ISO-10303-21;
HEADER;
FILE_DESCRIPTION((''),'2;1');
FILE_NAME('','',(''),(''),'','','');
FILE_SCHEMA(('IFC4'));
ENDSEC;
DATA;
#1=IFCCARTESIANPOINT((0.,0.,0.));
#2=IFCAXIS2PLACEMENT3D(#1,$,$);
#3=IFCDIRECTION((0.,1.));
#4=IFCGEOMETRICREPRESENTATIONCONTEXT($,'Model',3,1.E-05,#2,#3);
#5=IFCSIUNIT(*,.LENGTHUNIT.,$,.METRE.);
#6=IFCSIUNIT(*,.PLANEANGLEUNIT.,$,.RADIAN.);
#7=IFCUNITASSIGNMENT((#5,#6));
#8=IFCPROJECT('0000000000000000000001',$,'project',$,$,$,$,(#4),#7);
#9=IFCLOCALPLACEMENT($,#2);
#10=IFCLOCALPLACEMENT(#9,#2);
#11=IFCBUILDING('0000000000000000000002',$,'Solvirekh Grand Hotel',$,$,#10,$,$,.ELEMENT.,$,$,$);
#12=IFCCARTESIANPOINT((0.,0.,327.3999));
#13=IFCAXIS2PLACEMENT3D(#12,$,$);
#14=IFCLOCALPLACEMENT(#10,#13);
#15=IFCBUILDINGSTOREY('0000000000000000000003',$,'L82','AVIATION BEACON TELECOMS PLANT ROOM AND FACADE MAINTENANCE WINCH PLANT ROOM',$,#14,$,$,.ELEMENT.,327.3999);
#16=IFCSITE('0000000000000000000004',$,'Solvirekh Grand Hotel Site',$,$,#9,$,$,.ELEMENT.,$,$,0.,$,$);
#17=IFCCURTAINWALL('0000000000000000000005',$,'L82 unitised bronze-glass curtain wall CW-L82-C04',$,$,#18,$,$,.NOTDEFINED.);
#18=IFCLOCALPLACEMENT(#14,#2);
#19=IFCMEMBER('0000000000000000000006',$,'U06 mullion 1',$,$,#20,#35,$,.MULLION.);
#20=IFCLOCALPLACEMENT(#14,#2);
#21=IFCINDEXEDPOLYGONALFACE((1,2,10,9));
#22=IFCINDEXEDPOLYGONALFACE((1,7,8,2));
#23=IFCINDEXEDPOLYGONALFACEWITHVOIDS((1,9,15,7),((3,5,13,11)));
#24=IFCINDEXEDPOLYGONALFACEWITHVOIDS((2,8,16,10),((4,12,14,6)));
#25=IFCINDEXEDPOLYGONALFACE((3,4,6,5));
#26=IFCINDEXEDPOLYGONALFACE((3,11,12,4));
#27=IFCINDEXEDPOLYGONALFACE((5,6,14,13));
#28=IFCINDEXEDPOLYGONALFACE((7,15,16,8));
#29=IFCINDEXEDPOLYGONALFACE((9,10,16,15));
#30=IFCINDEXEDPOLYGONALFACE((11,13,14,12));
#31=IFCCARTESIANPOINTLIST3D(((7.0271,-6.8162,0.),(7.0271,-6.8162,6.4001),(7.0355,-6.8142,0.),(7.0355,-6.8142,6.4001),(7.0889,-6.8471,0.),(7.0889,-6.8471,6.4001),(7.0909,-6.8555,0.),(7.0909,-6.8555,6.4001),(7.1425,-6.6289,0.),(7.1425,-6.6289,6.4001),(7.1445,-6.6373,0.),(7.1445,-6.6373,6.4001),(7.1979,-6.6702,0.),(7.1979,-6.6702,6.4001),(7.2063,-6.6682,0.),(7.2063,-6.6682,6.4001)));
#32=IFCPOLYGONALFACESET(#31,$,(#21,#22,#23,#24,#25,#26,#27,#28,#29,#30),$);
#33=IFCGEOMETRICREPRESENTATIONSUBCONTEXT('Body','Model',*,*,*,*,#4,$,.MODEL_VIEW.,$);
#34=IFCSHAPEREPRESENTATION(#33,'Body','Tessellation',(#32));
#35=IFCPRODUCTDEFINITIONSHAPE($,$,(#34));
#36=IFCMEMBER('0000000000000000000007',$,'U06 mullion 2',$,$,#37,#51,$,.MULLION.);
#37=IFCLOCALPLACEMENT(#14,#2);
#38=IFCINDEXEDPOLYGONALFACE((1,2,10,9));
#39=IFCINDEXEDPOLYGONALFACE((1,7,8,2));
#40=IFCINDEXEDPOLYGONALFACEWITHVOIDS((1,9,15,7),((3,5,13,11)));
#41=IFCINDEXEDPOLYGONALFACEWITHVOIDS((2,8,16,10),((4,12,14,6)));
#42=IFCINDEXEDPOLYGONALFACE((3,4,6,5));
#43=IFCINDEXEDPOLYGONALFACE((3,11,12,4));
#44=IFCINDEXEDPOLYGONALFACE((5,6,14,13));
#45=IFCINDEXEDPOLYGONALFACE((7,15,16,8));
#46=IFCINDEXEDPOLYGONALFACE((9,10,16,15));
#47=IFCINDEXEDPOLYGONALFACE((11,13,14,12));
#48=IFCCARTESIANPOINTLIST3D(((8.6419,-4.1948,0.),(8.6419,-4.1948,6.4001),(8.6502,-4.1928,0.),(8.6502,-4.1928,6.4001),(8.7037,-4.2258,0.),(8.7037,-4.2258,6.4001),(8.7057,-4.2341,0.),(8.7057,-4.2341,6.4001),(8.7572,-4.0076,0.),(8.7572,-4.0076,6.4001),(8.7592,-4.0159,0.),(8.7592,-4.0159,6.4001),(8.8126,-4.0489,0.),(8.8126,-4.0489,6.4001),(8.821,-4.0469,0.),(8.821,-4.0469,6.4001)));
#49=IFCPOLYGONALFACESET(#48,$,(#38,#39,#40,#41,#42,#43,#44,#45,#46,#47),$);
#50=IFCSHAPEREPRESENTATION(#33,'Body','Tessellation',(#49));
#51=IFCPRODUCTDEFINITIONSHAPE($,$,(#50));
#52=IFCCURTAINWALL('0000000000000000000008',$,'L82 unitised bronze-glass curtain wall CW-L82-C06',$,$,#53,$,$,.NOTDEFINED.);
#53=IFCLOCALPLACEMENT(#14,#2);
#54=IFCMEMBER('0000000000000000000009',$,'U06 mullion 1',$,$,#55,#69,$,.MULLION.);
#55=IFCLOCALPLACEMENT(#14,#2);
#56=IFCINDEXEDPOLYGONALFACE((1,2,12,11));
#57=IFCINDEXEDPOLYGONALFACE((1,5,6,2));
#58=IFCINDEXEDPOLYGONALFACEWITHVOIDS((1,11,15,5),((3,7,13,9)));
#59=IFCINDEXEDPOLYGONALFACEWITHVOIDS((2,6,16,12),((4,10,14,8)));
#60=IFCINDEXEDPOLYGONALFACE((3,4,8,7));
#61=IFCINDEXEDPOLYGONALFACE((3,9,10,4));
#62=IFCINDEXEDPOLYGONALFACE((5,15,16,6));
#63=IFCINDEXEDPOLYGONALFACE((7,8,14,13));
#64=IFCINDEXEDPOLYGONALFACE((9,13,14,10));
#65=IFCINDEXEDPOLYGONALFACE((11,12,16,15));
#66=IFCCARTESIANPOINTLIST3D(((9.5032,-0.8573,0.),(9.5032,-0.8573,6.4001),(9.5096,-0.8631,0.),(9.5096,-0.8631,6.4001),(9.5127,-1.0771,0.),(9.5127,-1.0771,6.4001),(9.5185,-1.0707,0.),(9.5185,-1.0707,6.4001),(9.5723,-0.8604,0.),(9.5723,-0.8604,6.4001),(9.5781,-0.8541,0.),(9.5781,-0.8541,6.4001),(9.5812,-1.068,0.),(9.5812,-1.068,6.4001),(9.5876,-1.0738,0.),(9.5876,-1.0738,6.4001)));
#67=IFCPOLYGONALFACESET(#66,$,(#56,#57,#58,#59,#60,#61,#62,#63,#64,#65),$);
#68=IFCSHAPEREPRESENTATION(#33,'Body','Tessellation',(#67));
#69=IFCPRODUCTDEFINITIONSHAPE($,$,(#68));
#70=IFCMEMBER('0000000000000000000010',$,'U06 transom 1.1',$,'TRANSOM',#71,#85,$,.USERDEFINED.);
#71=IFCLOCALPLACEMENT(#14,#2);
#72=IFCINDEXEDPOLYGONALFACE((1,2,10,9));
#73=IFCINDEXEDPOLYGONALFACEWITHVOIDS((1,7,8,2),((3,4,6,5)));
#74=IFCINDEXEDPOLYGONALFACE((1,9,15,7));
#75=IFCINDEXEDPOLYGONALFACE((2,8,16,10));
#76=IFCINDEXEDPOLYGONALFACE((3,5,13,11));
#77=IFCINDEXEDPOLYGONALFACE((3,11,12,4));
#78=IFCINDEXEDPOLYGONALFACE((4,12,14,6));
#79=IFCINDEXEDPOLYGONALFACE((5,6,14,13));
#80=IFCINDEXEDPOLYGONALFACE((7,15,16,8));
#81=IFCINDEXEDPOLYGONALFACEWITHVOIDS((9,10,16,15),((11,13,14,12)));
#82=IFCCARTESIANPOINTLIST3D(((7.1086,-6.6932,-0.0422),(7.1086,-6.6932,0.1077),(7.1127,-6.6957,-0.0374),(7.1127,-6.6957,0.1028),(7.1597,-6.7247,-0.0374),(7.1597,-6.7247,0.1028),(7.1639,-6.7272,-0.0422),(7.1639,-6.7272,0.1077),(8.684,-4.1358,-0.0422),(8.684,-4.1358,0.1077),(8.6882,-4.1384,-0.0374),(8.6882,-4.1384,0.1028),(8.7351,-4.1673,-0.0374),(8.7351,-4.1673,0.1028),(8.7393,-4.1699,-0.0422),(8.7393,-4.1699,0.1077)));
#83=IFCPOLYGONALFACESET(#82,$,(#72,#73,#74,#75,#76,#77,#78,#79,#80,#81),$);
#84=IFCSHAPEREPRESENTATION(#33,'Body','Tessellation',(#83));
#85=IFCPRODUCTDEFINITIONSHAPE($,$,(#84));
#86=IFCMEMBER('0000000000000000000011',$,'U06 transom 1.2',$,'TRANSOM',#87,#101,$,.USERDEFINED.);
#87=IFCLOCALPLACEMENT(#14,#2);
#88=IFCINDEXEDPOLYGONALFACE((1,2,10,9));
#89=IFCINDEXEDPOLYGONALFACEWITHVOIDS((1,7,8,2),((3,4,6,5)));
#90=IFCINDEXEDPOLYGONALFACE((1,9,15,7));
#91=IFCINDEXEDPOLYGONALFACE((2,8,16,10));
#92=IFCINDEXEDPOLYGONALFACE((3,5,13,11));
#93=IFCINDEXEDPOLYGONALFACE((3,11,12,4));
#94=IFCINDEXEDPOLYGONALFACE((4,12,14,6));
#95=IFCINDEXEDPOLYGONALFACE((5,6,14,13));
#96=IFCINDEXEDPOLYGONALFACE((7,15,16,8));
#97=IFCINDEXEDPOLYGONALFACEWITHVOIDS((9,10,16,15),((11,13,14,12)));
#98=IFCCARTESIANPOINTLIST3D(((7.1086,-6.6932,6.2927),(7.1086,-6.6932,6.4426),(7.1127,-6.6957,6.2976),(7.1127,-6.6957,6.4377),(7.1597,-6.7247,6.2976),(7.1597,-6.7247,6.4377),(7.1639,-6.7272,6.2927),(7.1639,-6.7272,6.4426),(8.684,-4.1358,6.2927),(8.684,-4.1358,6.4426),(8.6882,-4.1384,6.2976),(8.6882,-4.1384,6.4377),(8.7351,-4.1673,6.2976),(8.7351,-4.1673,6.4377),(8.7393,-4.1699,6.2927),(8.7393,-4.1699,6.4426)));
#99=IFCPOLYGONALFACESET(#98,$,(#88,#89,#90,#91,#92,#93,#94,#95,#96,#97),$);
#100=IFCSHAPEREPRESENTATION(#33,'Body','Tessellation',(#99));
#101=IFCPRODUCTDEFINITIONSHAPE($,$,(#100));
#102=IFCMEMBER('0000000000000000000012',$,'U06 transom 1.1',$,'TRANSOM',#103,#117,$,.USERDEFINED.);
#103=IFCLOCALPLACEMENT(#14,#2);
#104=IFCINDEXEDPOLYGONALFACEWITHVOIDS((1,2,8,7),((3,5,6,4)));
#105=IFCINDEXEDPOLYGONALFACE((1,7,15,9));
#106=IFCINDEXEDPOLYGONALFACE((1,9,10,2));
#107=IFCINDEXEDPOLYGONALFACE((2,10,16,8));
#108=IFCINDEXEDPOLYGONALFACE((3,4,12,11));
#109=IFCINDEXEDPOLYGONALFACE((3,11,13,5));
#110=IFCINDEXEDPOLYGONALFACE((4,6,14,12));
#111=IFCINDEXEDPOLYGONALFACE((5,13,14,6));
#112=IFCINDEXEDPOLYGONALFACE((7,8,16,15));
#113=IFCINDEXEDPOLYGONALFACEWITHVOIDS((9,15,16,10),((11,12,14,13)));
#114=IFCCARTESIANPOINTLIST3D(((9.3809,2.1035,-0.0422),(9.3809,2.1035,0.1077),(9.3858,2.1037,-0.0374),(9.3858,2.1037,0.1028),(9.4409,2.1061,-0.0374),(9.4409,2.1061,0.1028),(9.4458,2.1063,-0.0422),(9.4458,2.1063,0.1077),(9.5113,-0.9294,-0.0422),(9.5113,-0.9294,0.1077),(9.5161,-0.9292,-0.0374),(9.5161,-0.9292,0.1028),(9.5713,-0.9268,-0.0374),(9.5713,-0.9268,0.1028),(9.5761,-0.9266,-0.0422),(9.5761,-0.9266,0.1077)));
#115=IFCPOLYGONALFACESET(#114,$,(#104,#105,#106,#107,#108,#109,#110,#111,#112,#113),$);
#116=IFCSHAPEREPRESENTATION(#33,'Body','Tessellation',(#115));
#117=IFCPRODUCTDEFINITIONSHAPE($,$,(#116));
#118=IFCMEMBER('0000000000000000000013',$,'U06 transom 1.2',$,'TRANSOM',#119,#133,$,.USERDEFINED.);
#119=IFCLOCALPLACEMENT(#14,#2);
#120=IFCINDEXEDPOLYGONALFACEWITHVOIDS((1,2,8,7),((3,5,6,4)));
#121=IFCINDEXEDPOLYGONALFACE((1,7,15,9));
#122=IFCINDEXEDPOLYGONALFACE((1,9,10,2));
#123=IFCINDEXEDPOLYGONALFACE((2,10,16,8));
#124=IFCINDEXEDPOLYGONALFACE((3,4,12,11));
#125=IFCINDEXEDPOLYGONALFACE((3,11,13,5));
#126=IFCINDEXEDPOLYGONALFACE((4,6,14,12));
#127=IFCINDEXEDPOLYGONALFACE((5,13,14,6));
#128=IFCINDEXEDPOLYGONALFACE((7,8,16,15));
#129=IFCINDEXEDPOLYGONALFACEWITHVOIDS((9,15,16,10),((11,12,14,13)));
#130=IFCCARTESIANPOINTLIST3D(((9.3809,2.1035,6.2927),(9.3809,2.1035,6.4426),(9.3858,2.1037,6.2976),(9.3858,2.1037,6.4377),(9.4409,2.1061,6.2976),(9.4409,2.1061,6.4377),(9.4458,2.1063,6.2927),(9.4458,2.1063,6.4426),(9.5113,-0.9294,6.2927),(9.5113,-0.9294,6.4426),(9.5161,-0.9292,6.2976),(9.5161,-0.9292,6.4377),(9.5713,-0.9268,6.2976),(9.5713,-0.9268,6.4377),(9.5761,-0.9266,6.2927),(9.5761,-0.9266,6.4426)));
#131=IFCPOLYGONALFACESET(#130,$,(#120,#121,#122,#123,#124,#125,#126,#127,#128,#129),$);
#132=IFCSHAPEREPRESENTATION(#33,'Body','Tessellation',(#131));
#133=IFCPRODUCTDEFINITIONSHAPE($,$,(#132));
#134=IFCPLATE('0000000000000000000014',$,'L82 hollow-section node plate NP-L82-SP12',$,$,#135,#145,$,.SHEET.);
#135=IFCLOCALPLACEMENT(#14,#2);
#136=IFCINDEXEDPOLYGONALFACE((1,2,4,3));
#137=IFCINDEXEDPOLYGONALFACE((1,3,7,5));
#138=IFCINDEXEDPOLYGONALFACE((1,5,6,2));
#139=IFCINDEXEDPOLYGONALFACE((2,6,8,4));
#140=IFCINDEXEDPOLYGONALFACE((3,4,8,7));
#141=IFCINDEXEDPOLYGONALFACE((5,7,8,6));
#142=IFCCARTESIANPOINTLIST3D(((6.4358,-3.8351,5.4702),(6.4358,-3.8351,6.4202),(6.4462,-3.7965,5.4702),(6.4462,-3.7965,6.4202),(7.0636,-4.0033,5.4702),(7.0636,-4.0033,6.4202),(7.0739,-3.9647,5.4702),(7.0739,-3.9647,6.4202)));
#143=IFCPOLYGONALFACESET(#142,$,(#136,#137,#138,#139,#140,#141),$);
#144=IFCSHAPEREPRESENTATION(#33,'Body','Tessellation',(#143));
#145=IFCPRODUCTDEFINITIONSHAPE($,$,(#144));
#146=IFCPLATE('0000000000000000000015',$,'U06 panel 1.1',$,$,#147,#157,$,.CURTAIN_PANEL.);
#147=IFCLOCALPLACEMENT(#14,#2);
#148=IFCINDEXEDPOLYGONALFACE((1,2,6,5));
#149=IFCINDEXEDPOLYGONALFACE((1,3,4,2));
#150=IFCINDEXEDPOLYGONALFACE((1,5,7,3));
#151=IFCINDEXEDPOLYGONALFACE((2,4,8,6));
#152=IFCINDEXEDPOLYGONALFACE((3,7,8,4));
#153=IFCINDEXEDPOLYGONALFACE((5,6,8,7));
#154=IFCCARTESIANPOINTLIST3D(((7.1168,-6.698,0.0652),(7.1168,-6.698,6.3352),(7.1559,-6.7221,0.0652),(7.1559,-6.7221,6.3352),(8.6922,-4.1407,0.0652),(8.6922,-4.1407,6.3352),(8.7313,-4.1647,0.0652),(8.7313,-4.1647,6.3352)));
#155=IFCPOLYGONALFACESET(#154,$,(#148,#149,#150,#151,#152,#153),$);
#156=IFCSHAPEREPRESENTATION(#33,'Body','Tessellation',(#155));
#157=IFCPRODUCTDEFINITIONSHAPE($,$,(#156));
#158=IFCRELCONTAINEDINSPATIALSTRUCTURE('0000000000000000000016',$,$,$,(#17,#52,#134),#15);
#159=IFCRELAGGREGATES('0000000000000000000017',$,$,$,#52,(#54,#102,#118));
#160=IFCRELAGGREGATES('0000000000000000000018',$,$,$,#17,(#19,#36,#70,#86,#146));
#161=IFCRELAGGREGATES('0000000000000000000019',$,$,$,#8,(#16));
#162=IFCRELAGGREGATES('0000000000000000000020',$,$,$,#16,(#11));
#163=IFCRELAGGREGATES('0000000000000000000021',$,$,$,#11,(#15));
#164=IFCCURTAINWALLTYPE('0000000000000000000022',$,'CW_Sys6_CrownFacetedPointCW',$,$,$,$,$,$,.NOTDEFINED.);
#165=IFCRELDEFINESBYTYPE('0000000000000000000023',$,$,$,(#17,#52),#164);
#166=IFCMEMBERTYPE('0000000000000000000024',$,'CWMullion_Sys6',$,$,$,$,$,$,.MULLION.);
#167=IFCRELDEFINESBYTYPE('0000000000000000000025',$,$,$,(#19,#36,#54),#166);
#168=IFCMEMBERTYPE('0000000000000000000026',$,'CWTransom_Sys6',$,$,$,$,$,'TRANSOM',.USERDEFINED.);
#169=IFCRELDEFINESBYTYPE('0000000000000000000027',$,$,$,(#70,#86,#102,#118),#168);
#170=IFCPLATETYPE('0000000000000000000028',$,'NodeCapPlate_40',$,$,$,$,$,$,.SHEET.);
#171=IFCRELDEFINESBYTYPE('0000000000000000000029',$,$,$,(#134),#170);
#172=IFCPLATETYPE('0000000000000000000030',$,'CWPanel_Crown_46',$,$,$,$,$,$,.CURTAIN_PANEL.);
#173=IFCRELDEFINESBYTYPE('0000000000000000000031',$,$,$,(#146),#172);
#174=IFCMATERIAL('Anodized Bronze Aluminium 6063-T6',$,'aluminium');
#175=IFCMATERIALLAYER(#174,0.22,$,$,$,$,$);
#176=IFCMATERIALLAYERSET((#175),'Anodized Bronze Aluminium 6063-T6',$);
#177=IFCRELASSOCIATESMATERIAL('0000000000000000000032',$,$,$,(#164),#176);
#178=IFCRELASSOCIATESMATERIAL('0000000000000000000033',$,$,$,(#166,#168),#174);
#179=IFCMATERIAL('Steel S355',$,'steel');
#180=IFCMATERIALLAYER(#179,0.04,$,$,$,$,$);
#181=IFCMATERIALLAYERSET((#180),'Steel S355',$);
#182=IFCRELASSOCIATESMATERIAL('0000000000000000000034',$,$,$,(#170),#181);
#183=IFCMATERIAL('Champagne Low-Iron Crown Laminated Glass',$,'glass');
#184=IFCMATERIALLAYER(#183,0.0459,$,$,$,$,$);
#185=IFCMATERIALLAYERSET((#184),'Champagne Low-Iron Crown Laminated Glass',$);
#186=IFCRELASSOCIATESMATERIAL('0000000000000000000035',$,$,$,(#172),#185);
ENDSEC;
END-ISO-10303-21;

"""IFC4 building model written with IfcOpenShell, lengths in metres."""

from ifc_helpers import new_model, si_unit, direction, frame, origin, origin_2d, place, context, subcontext, project, spatial, rectangle, hollow_rectangle, extrude, source, transform, mapped, material, layer, layer_set, material_profile, profile_set, type_object, element, aggregate, save


model = new_model("IFC4")

# Units and contexts
model_context = context("Model", 3, precision=1e-05, world=origin(), true_north=direction((0.0, 1.0)))
body_context = subcontext(model_context, "Body", "Model", "MODEL_VIEW")
ifc_project = project(units=[si_unit("LENGTHUNIT", "METRE"), si_unit("PLANEANGLEUNIT", "RADIAN")], contexts=[model_context])

# Site, building, storey
site_placement = place(None, origin())
site = spatial("IfcSite", under=ifc_project, at=site_placement, Name="Solvirekh Grand Hotel Site", CompositionType="ELEMENT", RefElevation=0.0)
building_placement = place(site_placement, origin())
building = spatial("IfcBuilding", under=site, at=building_placement, Name="Solvirekh Grand Hotel", CompositionType="ELEMENT")
storey_placement = place(building_placement, frame((0.0, 0.0, 327.3999)))
storey = spatial("IfcBuildingStorey", under=building, at=storey_placement, Name="L82", Description="AVIATION BEACON TELECOMS PLANT ROOM AND FACADE MAINTENANCE WINCH PLANT ROOM", CompositionType="ELEMENT", Elevation=327.3999)

# Shared definitions
ifc_material_1 = material(Name="Steel S355", Category="steel")

# Shared definitions
ifc_material_2 = material(Name="Anodized Bronze Aluminium 6063-T6", Category="aluminium")
ifc_layer_1 = layer(ifc_material_2, 0.22)
ifc_layer_set_1 = layer_set([ifc_layer_1], Name="Anodized Bronze Aluminium 6063-T6")
curtain_wall_type = type_object("IfcCurtainWallType", Name="CW_Sys6_CrownFacetedPointCW", PredefinedType="NOTDEFINED", material=ifc_layer_set_1)
ifc_material_profile_1 = material_profile(ifc_material_2, hollow_rectangle(XDim=0.075, YDim=0.22, WallThickness=0.0061, at=origin_2d()), Name="ALU RHS 220X75X6")
ifc_profile_set_1 = profile_set([ifc_material_profile_1], Name="Anodized Bronze Aluminium 6063-T6")
member_type_1 = type_object("IfcMemberType", Name="CWMullion_Sys6", PredefinedType="MULLION", material=ifc_profile_set_1)
shared_shape_1 = source(origin(), body_context, "Body", "SweptSolid", [
    extrude(hollow_rectangle(XDim=0.075, YDim=0.22, WallThickness=0.0061, at=origin_2d()), origin(), (0.0, 0.0, 1.0), 6.4001),
])

# Curtain wall, members
curtain_wall_1_placement = place(storey_placement, origin())
curtain_wall_1 = element("IfcCurtainWall", 1, at=curtain_wall_1_placement, inside=storey, type_object=curtain_wall_type, Name="L82 unitised bronze-glass curtain wall CW-L82-C04", PredefinedType="NOTDEFINED")
member_1_placement = place(storey_placement, frame((7.1167, -6.7422, 0.0), z_axis=(0.0, 0.0, 1.0), x_axis=(-0.851419, 0.524487, 0.0)))
member_1 = element("IfcMember", 2, at=member_1_placement, type_object=member_type_1, Name="U06 mullion 1", PredefinedType="MULLION", context=body_context, shape_type="MappedRepresentation", body=[
    mapped(shared_shape_1, transform((0.0, 0.0, 0.0), x_axis=(1.0, 0.0, 0.0), y_axis=(0.0, 1.0, 0.0), z_axis=(0.0, 0.0, 1.0), scale=1.0)),
])
member_2_placement = place(storey_placement, frame((8.7314, -4.1208, 0.0), z_axis=(0.0, 0.0, 1.0), x_axis=(-0.851419, 0.524487, 0.0)))
member_2 = element("IfcMember", 3, at=member_2_placement, type_object=member_type_1, Name="U06 mullion 2", PredefinedType="MULLION", context=body_context, shape_type="MappedRepresentation", body=[
    mapped(shared_shape_1, transform((0.0, 0.0, 0.0), x_axis=(1.0, 0.0, 0.0), y_axis=(0.0, 1.0, 0.0), z_axis=(0.0, 0.0, 1.0), scale=1.0)),
])

# Curtain wall, member
curtain_wall_2_placement = place(storey_placement, origin())
curtain_wall_2 = element("IfcCurtainWall", 4, at=curtain_wall_2_placement, inside=storey, type_object=curtain_wall_type, Name="L82 unitised bronze-glass curtain wall CW-L82-C06", PredefinedType="NOTDEFINED")
member_3_placement = place(storey_placement, frame((9.5454, -0.9656, 0.0), z_axis=(0.0, 0.0, 1.0), x_axis=(-0.999075, -0.043001, 0.0)))
member_3 = element("IfcMember", 5, at=member_3_placement, type_object=member_type_1, Name="U06 mullion 1", PredefinedType="MULLION", context=body_context, shape_type="MappedRepresentation", body=[
    mapped(shared_shape_1, transform((0.0, 0.0, 0.0), x_axis=(1.0, 0.0, 0.0), y_axis=(0.0, 1.0, 0.0), z_axis=(0.0, 0.0, 1.0), scale=1.0)),
])

# Members
ifc_material_profile_2 = material_profile(ifc_material_2, hollow_rectangle(XDim=0.0649, YDim=0.1499, WallThickness=0.0049, at=origin_2d()), Name="ALU RHS 150X65X5")
ifc_profile_set_2 = profile_set([ifc_material_profile_2], Name="Anodized Bronze Aluminium 6063-T6")
member_type_2 = type_object("IfcMemberType", Name="CWTransom_Sys6", ElementType="TRANSOM", PredefinedType="USERDEFINED", material=ifc_profile_set_2)
shared_shape_2 = source(origin(), body_context, "Body", "SweptSolid", [
    extrude(hollow_rectangle(XDim=0.0649, YDim=0.1499, WallThickness=0.0049, at=origin_2d()), origin(), (0.0, 0.0, 1.0), 3.0037),
])
member_4_placement = place(storey_placement, frame((7.1362, -6.7102, 0.0327), z_axis=(0.524501, 0.85141, 0.0), x_axis=(-0.85141, 0.524501, 0.0)))
member_4 = element("IfcMember", 6, at=member_4_placement, type_object=member_type_2, Name="U06 transom 1.1", ObjectType="TRANSOM", PredefinedType="USERDEFINED", context=body_context, shape_type="MappedRepresentation", body=[
    mapped(shared_shape_2, transform((0.0, 0.0, 0.0), x_axis=(1.0, 0.0, 0.0), y_axis=(0.0, 1.0, 0.0), z_axis=(0.0, 0.0, 1.0), scale=1.0)),
])
member_5_placement = place(storey_placement, frame((7.1362, -6.7102, 6.3677), z_axis=(0.524501, 0.85141, 0.0), x_axis=(-0.85141, 0.524501, 0.0)))
member_5 = element("IfcMember", 7, at=member_5_placement, type_object=member_type_2, Name="U06 transom 1.2", ObjectType="TRANSOM", PredefinedType="USERDEFINED", context=body_context, shape_type="MappedRepresentation", body=[
    mapped(shared_shape_2, transform((0.0, 0.0, 0.0), x_axis=(1.0, 0.0, 0.0), y_axis=(0.0, 1.0, 0.0), z_axis=(0.0, 0.0, 1.0), scale=1.0)),
])
shared_shape_3 = source(origin(), body_context, "Body", "SweptSolid", [
    extrude(hollow_rectangle(XDim=0.0649, YDim=0.1499, WallThickness=0.0049, at=origin_2d()), origin(), (0.0, 0.0, 1.0), 3.0356),
])
member_6_placement = place(storey_placement, frame((9.5437, -0.928, 0.0327), z_axis=(-0.042945, 0.999077, 0.0), x_axis=(-0.999077, -0.042945, 0.0)))
member_6 = element("IfcMember", 8, at=member_6_placement, type_object=member_type_2, Name="U06 transom 1.1", ObjectType="TRANSOM", PredefinedType="USERDEFINED", context=body_context, shape_type="MappedRepresentation", body=[
    mapped(shared_shape_3, transform((0.0, 0.0, 0.0), x_axis=(1.0, 0.0, 0.0), y_axis=(0.0, 1.0, 0.0), z_axis=(0.0, 0.0, 1.0), scale=1.0)),
])
member_7_placement = place(storey_placement, frame((9.5437, -0.928, 6.3677), z_axis=(-0.042945, 0.999077, 0.0), x_axis=(-0.999077, -0.042945, 0.0)))
member_7 = element("IfcMember", 9, at=member_7_placement, type_object=member_type_2, Name="U06 transom 1.2", ObjectType="TRANSOM", PredefinedType="USERDEFINED", context=body_context, shape_type="MappedRepresentation", body=[
    mapped(shared_shape_3, transform((0.0, 0.0, 0.0), x_axis=(1.0, 0.0, 0.0), y_axis=(0.0, 1.0, 0.0), z_axis=(0.0, 0.0, 1.0), scale=1.0)),
])
aggregate(curtain_wall_2, [member_3, member_6, member_7])

# Plates
ifc_layer_2 = layer(ifc_material_1, 0.04)
ifc_layer_set_2 = layer_set([ifc_layer_2], Name="Steel S355")
plate_type_1 = type_object("IfcPlateType", Name="NodeCapPlate_40", PredefinedType="SHEET", material=ifc_layer_set_2)
plate_1_placement = place(storey_placement, frame((6.7549, -3.8999, 5.4702), z_axis=(0.0, 0.0, 1.0), x_axis=(0.258819, 0.965926, 0.0)))
element("IfcPlate", 10, at=plate_1_placement, inside=storey, type_object=plate_type_1, Name="L82 hollow-section node plate NP-L82-SP12", PredefinedType="SHEET", context=body_context, shape_type="SweptSolid", body=[
    extrude(rectangle(XDim=0.04, YDim=0.6499, at=origin_2d()), origin(), (0.0, 0.0, 1.0), 0.95),
])
ifc_material_3 = material(Name="Champagne Low-Iron Crown Laminated Glass", Category="glass")
ifc_layer_3 = layer(ifc_material_3, 0.0459)
ifc_layer_set_3 = layer_set([ifc_layer_3], Name="Champagne Low-Iron Crown Laminated Glass")
plate_type_2 = type_object("IfcPlateType", Name="CWPanel_Crown_46", PredefinedType="CURTAIN_PANEL", material=ifc_layer_set_3)
shared_shape_4 = source(origin(), body_context, "Body", "SweptSolid", [
    extrude(rectangle(XDim=3.0037, YDim=0.0459, at=origin_2d()), origin(), (0.0, 0.0, 1.0), 6.27),
])
plate_2_placement = place(storey_placement, frame((7.9241, -5.4314, 0.0652), z_axis=(0.0, 0.0, 1.0), x_axis=(0.524487, 0.851419, 0.0)))
plate_2 = element("IfcPlate", 11, at=plate_2_placement, type_object=plate_type_2, Name="U06 panel 1.1", PredefinedType="CURTAIN_PANEL", context=body_context, shape_type="MappedRepresentation", body=[
    mapped(shared_shape_4, transform((0.0, 0.0, 0.0), x_axis=(1.0, 0.0, 0.0), y_axis=(0.0, 1.0, 0.0), z_axis=(0.0, 0.0, 1.0), scale=1.0)),
])
aggregate(curtain_wall_1, [member_1, member_2, member_4, member_5, plate_2])

save(model, "model.ifc")
